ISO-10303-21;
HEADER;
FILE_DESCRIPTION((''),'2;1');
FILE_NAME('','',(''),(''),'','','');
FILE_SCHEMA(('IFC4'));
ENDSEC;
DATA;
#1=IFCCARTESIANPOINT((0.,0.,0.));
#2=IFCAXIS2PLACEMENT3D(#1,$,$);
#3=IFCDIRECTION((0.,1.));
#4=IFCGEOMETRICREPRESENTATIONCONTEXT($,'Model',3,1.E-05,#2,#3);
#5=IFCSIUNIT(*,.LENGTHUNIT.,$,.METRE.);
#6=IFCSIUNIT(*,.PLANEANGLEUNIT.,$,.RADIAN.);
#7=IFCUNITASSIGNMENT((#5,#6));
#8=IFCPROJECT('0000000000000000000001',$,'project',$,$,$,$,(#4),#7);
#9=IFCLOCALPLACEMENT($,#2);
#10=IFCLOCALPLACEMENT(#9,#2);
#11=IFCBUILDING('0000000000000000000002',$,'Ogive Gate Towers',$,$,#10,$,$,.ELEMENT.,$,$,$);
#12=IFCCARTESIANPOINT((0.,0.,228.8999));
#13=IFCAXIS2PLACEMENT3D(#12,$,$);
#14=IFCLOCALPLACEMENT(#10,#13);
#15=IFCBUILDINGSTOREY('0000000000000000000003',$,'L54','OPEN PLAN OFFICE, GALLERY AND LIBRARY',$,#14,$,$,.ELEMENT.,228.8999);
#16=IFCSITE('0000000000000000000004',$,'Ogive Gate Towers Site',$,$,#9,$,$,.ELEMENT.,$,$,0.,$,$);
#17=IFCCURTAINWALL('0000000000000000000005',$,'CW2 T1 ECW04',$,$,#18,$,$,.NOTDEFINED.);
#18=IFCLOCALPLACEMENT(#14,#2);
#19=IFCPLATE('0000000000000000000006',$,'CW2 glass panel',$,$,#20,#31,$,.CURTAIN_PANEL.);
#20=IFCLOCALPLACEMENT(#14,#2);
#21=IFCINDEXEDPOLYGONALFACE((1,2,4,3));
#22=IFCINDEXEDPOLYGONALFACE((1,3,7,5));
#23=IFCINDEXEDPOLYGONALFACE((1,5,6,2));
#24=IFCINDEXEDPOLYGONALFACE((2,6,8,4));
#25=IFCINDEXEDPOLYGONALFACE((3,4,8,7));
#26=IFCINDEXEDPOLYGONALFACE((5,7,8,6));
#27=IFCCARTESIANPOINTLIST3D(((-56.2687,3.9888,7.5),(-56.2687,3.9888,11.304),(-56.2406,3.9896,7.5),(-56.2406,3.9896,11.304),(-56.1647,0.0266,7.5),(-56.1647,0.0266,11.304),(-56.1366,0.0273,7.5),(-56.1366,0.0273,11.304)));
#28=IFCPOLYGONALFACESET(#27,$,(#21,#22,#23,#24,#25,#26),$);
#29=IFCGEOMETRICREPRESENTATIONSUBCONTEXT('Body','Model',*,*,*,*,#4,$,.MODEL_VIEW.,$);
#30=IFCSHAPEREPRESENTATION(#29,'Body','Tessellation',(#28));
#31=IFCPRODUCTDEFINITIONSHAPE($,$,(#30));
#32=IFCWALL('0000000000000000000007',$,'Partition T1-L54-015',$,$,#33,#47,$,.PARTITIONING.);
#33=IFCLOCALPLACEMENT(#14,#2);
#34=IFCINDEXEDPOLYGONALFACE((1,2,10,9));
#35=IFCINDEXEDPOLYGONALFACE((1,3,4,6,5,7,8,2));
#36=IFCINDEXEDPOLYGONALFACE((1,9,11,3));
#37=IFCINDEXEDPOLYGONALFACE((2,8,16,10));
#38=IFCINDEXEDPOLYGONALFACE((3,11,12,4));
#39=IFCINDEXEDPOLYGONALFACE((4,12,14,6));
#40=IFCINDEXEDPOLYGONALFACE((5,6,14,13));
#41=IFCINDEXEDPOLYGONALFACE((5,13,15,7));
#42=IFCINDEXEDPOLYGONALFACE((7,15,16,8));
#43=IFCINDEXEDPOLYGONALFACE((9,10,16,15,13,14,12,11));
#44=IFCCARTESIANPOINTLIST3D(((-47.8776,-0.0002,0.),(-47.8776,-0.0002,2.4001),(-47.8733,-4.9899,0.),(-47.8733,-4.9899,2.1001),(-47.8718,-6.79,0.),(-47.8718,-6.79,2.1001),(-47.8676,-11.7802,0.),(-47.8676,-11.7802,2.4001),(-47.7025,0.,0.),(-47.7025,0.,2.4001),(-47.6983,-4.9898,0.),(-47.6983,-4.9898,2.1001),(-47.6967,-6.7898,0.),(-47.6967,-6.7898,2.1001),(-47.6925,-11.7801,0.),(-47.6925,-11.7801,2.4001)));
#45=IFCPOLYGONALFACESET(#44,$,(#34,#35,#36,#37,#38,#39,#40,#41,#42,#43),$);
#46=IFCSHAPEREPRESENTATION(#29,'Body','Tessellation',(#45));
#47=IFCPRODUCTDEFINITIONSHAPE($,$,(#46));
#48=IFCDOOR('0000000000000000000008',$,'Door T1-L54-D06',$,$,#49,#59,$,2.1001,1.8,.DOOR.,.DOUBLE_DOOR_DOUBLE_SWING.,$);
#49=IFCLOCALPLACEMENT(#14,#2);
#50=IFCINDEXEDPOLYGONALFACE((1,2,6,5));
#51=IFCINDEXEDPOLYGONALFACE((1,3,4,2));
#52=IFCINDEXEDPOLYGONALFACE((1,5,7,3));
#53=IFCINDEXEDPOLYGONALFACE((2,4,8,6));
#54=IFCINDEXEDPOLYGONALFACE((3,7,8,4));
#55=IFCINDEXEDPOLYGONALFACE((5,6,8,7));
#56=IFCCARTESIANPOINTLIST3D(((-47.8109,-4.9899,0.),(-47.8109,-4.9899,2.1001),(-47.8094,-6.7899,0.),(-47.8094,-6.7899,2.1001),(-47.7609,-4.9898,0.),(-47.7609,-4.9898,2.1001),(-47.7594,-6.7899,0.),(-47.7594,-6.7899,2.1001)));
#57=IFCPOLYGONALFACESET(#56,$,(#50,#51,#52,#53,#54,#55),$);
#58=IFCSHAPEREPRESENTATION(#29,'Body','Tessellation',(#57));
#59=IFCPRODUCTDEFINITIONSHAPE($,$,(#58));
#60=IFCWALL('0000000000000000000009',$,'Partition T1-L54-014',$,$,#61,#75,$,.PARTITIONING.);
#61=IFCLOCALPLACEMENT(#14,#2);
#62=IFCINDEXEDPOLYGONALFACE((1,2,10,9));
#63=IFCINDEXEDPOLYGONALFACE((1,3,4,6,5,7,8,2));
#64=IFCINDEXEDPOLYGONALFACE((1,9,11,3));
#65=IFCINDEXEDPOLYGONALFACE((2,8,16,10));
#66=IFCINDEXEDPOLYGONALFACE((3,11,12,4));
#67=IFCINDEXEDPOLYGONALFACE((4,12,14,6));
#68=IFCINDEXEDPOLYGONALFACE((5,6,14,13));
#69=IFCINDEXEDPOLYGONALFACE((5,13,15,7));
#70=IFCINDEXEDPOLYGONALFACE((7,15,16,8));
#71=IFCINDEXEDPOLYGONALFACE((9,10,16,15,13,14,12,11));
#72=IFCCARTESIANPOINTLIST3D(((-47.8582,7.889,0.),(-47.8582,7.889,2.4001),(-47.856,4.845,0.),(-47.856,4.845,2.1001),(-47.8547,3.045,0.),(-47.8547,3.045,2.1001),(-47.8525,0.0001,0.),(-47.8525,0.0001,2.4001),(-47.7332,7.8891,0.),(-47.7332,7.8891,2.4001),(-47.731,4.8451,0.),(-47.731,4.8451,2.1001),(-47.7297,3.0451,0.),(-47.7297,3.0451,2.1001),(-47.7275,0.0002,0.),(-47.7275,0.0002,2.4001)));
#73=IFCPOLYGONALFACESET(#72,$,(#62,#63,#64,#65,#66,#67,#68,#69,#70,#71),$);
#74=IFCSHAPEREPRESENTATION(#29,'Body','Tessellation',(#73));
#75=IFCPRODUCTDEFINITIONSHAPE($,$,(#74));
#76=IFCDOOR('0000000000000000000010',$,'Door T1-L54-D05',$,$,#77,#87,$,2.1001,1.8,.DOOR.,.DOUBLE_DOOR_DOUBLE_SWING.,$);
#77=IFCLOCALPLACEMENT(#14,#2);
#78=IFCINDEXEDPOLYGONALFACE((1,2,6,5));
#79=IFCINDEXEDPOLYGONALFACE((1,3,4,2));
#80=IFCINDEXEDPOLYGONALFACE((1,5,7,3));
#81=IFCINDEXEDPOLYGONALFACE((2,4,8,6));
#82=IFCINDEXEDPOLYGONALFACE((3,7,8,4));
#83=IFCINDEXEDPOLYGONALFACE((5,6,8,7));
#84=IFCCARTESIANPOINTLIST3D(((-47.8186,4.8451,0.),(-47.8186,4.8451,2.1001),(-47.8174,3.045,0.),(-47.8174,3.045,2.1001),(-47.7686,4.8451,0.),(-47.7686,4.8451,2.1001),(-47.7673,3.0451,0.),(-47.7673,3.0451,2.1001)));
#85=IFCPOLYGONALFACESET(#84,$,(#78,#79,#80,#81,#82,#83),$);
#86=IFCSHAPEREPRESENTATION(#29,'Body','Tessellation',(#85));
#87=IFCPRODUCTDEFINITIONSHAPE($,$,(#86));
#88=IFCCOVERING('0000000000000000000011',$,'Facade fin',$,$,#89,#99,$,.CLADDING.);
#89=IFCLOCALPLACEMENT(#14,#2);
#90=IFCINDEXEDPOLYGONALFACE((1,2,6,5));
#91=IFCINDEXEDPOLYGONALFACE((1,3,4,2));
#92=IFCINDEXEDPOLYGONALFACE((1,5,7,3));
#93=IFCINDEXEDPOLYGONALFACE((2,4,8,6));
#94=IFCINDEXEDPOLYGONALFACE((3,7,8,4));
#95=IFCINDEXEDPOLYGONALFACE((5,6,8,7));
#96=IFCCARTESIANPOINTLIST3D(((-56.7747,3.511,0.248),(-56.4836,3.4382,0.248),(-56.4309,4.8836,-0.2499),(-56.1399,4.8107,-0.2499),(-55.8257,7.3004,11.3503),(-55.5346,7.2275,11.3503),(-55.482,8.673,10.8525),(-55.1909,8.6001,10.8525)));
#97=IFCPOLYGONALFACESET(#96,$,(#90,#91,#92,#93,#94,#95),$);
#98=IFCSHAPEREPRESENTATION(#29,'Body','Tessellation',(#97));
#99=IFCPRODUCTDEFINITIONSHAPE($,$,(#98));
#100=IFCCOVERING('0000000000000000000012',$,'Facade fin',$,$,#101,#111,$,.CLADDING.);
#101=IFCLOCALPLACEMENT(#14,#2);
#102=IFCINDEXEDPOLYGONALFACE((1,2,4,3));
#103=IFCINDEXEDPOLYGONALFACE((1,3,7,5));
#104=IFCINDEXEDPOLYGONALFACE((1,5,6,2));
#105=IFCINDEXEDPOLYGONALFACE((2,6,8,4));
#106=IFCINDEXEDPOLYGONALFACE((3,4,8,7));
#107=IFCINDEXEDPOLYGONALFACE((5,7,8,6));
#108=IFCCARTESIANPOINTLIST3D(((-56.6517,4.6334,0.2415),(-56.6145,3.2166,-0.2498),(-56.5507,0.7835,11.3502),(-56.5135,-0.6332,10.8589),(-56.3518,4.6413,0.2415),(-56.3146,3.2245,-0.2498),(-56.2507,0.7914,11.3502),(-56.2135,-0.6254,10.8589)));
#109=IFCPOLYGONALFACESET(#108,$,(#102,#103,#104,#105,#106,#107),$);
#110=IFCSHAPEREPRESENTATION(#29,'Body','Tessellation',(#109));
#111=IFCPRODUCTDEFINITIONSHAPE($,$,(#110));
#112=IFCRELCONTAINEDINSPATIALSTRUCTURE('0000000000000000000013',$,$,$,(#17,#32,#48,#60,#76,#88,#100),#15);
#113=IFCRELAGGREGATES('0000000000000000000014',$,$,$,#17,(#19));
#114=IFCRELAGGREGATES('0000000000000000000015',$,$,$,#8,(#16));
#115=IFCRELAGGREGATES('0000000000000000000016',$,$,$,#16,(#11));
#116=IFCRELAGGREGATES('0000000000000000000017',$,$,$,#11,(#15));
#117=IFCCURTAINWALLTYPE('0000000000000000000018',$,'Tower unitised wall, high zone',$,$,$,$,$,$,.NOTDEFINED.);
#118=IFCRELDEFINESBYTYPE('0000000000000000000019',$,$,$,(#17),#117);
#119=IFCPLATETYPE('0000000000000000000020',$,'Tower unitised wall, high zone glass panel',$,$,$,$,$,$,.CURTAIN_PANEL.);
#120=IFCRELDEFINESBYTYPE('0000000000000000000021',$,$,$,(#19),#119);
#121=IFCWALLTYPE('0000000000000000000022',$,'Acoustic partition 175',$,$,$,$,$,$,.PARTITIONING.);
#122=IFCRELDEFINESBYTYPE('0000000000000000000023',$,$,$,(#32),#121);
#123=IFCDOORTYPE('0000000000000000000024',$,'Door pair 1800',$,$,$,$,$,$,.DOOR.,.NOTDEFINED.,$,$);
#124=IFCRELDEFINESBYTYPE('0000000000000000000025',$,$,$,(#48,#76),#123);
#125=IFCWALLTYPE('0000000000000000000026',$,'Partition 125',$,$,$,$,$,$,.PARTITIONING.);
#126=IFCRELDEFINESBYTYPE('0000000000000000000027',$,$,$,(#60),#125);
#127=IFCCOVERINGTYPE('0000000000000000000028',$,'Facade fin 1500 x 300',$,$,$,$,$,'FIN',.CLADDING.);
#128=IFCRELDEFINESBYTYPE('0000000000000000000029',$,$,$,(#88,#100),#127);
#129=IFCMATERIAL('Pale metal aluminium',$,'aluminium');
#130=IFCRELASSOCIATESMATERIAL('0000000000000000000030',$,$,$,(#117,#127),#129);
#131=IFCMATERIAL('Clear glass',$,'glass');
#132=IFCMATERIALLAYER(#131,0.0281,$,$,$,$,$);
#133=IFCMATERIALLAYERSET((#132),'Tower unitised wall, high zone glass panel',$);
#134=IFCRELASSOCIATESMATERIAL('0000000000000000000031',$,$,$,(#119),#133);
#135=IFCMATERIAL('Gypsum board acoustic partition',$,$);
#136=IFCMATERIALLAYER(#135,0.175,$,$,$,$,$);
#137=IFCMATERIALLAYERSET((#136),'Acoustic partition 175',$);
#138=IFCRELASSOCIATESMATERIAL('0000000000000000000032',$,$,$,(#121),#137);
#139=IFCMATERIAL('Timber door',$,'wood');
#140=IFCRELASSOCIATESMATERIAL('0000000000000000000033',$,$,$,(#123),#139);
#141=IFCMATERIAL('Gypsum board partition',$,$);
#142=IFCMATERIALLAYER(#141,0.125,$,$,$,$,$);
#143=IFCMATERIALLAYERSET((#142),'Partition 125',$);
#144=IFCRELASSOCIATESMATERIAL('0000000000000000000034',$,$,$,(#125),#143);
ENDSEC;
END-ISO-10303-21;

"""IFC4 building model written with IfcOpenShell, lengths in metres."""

from ifc_helpers import new_model, si_unit, direction, frame, frame_2d, origin, origin_2d, place, context, subcontext, project, spatial, rectangle, extrude, material, layer, layer_set, material_profile, profile_set, type_object, element, fill, aggregate, save


model = new_model("IFC4")

# Units and contexts
model_context = context("Model", 3, precision=1e-05, world=origin(), true_north=direction((0.0, 1.0)))
body_context = subcontext(model_context, "Body", "Model", "MODEL_VIEW")
ifc_project = project(units=[si_unit("LENGTHUNIT", "METRE"), si_unit("PLANEANGLEUNIT", "RADIAN")], contexts=[model_context])

# Site, building, storey
site_placement = place(None, origin())
site = spatial("IfcSite", under=ifc_project, at=site_placement, Name="Ogive Gate Towers Site", CompositionType="ELEMENT", RefElevation=0.0)
building_placement = place(site_placement, origin())
building = spatial("IfcBuilding", under=site, at=building_placement, Name="Ogive Gate Towers", CompositionType="ELEMENT")
storey_placement = place(building_placement, frame((0.0, 0.0, 228.8999)))
storey = spatial("IfcBuildingStorey", under=building, at=storey_placement, Name="L54", Description="OPEN PLAN OFFICE, GALLERY AND LIBRARY", CompositionType="ELEMENT", Elevation=228.8999)

# Curtain wall, plate
ifc_material_1 = material(Name="Pale metal aluminium", Category="aluminium")
curtain_wall_type = type_object("IfcCurtainWallType", Name="Tower unitised wall, high zone", PredefinedType="NOTDEFINED", material=ifc_material_1)
curtain_wall_placement = place(storey_placement, origin())
curtain_wall = element("IfcCurtainWall", 1, at=curtain_wall_placement, inside=storey, type_object=curtain_wall_type, Name="CW2 T1 ECW04", PredefinedType="NOTDEFINED")
ifc_material_2 = material(Name="Clear glass", Category="glass")
ifc_layer_1 = layer(ifc_material_2, 0.0281)
ifc_layer_set_1 = layer_set([ifc_layer_1], Name="Tower unitised wall, high zone glass panel")
plate_type = type_object("IfcPlateType", Name="Tower unitised wall, high zone glass panel", PredefinedType="CURTAIN_PANEL", material=ifc_layer_set_1)
plate_1_placement = place(storey_placement, frame((-56.2026, 2.0081, 7.5), z_axis=(0.0, 0.0, 1.0), x_axis=(0.026229, -0.999656, 0.0)))
plate_1 = element("IfcPlate", 2, at=plate_1_placement, type_object=plate_type, Name="CW2 glass panel", PredefinedType="CURTAIN_PANEL", context=body_context, shape_type="SweptSolid", body=[
    extrude(rectangle(XDim=3.9636, YDim=0.0281, at=origin_2d()), origin(), (0.0, 0.0, 1.0), 3.804),
])
aggregate(curtain_wall, [plate_1])

# Walls, openings, doors
ifc_material_3 = material(Name="Gypsum board acoustic partition")
ifc_layer_2 = layer(ifc_material_3, 0.175)
ifc_layer_set_2 = layer_set([ifc_layer_2], Name="Acoustic partition 175")
wall_type_1 = type_object("IfcWallType", Name="Acoustic partition 175", PredefinedType="PARTITIONING", material=ifc_layer_set_2)
wall_1_placement = place(storey_placement, frame((-47.79, 0.0, 0.0), z_axis=(0.0, 0.0, 1.0), x_axis=(0.00085, -1.0, 0.0)))
wall_1 = element("IfcWall", 3, at=wall_1_placement, inside=storey, type_object=wall_type_1, Name="Partition T1-L54-015", PredefinedType="PARTITIONING", context=body_context, shape_type="SweptSolid", body=[
    extrude(rectangle(XDim=11.78, YDim=0.175, at=frame_2d((5.8901, 0.0))), origin(), (0.0, 0.0, 1.0), 2.4001),
])
opening_1_placement = place(wall_1_placement, frame((4.99, 0.0, 0.0)))
opening_1 = element("IfcOpeningElement", 4, at=opening_1_placement, cuts=wall_1, PredefinedType="OPENING", context=body_context, shape_type="SweptSolid", body=[
    extrude(rectangle(XDim=1.8, YDim=2.1001, at=frame_2d((0.8999, 1.05))), frame((0.0, 0.0977, 0.0), z_axis=(0.0, -1.0, 0.0), x_axis=(1.0, 0.0, 0.0)), (0.0, 0.0, 1.0), 0.1951),
])
ifc_material_4 = material(Name="Timber door", Category="wood")
door_type = type_object("IfcDoorType", Name="Door pair 1800", OperationType="NOTDEFINED", PredefinedType="DOOR", material=ifc_material_4)
door_1_placement = place(opening_1_placement, origin())
door_1 = element("IfcDoor", 5, at=door_1_placement, inside=storey, type_object=door_type, Name="Door T1-L54-D06", OperationType="DOUBLE_DOOR_DOUBLE_SWING", OverallHeight=2.1001, OverallWidth=1.8, PredefinedType="DOOR", context=body_context, shape_type="SweptSolid", body=[
    extrude(rectangle(XDim=1.8, YDim=2.1001, at=frame_2d((0.8999, 1.05))), frame((0.0, 0.0249, 0.0), z_axis=(0.0, -1.0, 0.0), x_axis=(1.0, 0.0, 0.0)), (0.0, 0.0, 1.0), 0.05),
])
fill(opening_1, door_1)
ifc_material_5 = material(Name="Gypsum board partition")
ifc_layer_3 = layer(ifc_material_5, 0.125)
ifc_layer_set_3 = layer_set([ifc_layer_3], Name="Partition 125")
wall_type_2 = type_object("IfcWallType", Name="Partition 125", PredefinedType="PARTITIONING", material=ifc_layer_set_3)
wall_2_placement = place(storey_placement, frame((-47.7957, 7.8889, 0.0), z_axis=(0.0, 0.0, 1.0), x_axis=(0.000712, -1.0, 0.0)))
wall_2 = element("IfcWall", 6, at=wall_2_placement, inside=storey, type_object=wall_type_2, Name="Partition T1-L54-014", PredefinedType="PARTITIONING", context=body_context, shape_type="SweptSolid", body=[
    extrude(rectangle(XDim=7.8889, YDim=0.125, at=frame_2d((3.9443, 0.0))), origin(), (0.0, 0.0, 1.0), 2.4001),
])
opening_2_placement = place(wall_2_placement, frame((3.0439, 0.0, 0.0)))
opening_2 = element("IfcOpeningElement", 7, at=opening_2_placement, cuts=wall_2, PredefinedType="OPENING", context=body_context, shape_type="SweptSolid", body=[
    extrude(rectangle(XDim=1.8, YDim=2.1001, at=frame_2d((0.8999, 1.05))), frame((0.0, 0.0725, 0.0), z_axis=(0.0, -1.0, 0.0), x_axis=(1.0, 0.0, 0.0)), (0.0, 0.0, 1.0), 0.145),
])
door_2_placement = place(opening_2_placement, origin())
door_2 = element("IfcDoor", 8, at=door_2_placement, inside=storey, type_object=door_type, Name="Door T1-L54-D05", OperationType="DOUBLE_DOOR_DOUBLE_SWING", OverallHeight=2.1001, OverallWidth=1.8, PredefinedType="DOOR", context=body_context, shape_type="SweptSolid", body=[
    extrude(rectangle(XDim=1.8, YDim=2.1001, at=frame_2d((0.8999, 1.05))), frame((0.0, 0.0249, 0.0), z_axis=(0.0, -1.0, 0.0), x_axis=(1.0, 0.0, 0.0)), (0.0, 0.0, 1.0), 0.05),
])
fill(opening_2, door_2)

# Coverings
ifc_material_profile_1 = material_profile(ifc_material_1, rectangle(XDim=0.3, YDim=1.5, at=origin_2d()), Name="1500 x 300 pale metal aluminium")
ifc_profile_set_1 = profile_set([ifc_material_profile_1], Name="Pale metal aluminium")
covering_type = type_object("IfcCoveringType", Name="Facade fin 1500 x 300", ElementType="FIN", PredefinedType="CLADDING", material=ifc_profile_set_1)
covering_1_placement = place(storey_placement, frame((-56.4573, 4.1609, -0.001), z_axis=(0.08063, 0.321961, 0.943313), x_axis=(-0.970043, 0.242933, 0.0)))
element("IfcCovering", 9, at=covering_1_placement, inside=storey, type_object=covering_type, Name="Facade fin", PredefinedType="CLADDING", context=body_context, shape_type="SweptSolid", body=[
    extrude(rectangle(XDim=0.3, YDim=1.5, at=origin_2d()), origin(), (0.0, 0.0, 1.0), 11.7695),
])
covering_2_placement = place(storey_placement, frame((-56.4832, 3.929, -0.0042), z_axis=(0.008597, -0.327444, 0.944831), x_axis=(0.999656, 0.026245, 0.0)))
element("IfcCovering", 10, at=covering_2_placement, inside=storey, type_object=covering_type, Name="Facade fin", PredefinedType="CLADDING", context=body_context, shape_type="SweptSolid", body=[
    extrude(rectangle(XDim=0.3, YDim=1.5, at=origin_2d()), origin(), (0.0, 0.0, 1.0), 11.7573),
])

save(model, "model.ifc")
